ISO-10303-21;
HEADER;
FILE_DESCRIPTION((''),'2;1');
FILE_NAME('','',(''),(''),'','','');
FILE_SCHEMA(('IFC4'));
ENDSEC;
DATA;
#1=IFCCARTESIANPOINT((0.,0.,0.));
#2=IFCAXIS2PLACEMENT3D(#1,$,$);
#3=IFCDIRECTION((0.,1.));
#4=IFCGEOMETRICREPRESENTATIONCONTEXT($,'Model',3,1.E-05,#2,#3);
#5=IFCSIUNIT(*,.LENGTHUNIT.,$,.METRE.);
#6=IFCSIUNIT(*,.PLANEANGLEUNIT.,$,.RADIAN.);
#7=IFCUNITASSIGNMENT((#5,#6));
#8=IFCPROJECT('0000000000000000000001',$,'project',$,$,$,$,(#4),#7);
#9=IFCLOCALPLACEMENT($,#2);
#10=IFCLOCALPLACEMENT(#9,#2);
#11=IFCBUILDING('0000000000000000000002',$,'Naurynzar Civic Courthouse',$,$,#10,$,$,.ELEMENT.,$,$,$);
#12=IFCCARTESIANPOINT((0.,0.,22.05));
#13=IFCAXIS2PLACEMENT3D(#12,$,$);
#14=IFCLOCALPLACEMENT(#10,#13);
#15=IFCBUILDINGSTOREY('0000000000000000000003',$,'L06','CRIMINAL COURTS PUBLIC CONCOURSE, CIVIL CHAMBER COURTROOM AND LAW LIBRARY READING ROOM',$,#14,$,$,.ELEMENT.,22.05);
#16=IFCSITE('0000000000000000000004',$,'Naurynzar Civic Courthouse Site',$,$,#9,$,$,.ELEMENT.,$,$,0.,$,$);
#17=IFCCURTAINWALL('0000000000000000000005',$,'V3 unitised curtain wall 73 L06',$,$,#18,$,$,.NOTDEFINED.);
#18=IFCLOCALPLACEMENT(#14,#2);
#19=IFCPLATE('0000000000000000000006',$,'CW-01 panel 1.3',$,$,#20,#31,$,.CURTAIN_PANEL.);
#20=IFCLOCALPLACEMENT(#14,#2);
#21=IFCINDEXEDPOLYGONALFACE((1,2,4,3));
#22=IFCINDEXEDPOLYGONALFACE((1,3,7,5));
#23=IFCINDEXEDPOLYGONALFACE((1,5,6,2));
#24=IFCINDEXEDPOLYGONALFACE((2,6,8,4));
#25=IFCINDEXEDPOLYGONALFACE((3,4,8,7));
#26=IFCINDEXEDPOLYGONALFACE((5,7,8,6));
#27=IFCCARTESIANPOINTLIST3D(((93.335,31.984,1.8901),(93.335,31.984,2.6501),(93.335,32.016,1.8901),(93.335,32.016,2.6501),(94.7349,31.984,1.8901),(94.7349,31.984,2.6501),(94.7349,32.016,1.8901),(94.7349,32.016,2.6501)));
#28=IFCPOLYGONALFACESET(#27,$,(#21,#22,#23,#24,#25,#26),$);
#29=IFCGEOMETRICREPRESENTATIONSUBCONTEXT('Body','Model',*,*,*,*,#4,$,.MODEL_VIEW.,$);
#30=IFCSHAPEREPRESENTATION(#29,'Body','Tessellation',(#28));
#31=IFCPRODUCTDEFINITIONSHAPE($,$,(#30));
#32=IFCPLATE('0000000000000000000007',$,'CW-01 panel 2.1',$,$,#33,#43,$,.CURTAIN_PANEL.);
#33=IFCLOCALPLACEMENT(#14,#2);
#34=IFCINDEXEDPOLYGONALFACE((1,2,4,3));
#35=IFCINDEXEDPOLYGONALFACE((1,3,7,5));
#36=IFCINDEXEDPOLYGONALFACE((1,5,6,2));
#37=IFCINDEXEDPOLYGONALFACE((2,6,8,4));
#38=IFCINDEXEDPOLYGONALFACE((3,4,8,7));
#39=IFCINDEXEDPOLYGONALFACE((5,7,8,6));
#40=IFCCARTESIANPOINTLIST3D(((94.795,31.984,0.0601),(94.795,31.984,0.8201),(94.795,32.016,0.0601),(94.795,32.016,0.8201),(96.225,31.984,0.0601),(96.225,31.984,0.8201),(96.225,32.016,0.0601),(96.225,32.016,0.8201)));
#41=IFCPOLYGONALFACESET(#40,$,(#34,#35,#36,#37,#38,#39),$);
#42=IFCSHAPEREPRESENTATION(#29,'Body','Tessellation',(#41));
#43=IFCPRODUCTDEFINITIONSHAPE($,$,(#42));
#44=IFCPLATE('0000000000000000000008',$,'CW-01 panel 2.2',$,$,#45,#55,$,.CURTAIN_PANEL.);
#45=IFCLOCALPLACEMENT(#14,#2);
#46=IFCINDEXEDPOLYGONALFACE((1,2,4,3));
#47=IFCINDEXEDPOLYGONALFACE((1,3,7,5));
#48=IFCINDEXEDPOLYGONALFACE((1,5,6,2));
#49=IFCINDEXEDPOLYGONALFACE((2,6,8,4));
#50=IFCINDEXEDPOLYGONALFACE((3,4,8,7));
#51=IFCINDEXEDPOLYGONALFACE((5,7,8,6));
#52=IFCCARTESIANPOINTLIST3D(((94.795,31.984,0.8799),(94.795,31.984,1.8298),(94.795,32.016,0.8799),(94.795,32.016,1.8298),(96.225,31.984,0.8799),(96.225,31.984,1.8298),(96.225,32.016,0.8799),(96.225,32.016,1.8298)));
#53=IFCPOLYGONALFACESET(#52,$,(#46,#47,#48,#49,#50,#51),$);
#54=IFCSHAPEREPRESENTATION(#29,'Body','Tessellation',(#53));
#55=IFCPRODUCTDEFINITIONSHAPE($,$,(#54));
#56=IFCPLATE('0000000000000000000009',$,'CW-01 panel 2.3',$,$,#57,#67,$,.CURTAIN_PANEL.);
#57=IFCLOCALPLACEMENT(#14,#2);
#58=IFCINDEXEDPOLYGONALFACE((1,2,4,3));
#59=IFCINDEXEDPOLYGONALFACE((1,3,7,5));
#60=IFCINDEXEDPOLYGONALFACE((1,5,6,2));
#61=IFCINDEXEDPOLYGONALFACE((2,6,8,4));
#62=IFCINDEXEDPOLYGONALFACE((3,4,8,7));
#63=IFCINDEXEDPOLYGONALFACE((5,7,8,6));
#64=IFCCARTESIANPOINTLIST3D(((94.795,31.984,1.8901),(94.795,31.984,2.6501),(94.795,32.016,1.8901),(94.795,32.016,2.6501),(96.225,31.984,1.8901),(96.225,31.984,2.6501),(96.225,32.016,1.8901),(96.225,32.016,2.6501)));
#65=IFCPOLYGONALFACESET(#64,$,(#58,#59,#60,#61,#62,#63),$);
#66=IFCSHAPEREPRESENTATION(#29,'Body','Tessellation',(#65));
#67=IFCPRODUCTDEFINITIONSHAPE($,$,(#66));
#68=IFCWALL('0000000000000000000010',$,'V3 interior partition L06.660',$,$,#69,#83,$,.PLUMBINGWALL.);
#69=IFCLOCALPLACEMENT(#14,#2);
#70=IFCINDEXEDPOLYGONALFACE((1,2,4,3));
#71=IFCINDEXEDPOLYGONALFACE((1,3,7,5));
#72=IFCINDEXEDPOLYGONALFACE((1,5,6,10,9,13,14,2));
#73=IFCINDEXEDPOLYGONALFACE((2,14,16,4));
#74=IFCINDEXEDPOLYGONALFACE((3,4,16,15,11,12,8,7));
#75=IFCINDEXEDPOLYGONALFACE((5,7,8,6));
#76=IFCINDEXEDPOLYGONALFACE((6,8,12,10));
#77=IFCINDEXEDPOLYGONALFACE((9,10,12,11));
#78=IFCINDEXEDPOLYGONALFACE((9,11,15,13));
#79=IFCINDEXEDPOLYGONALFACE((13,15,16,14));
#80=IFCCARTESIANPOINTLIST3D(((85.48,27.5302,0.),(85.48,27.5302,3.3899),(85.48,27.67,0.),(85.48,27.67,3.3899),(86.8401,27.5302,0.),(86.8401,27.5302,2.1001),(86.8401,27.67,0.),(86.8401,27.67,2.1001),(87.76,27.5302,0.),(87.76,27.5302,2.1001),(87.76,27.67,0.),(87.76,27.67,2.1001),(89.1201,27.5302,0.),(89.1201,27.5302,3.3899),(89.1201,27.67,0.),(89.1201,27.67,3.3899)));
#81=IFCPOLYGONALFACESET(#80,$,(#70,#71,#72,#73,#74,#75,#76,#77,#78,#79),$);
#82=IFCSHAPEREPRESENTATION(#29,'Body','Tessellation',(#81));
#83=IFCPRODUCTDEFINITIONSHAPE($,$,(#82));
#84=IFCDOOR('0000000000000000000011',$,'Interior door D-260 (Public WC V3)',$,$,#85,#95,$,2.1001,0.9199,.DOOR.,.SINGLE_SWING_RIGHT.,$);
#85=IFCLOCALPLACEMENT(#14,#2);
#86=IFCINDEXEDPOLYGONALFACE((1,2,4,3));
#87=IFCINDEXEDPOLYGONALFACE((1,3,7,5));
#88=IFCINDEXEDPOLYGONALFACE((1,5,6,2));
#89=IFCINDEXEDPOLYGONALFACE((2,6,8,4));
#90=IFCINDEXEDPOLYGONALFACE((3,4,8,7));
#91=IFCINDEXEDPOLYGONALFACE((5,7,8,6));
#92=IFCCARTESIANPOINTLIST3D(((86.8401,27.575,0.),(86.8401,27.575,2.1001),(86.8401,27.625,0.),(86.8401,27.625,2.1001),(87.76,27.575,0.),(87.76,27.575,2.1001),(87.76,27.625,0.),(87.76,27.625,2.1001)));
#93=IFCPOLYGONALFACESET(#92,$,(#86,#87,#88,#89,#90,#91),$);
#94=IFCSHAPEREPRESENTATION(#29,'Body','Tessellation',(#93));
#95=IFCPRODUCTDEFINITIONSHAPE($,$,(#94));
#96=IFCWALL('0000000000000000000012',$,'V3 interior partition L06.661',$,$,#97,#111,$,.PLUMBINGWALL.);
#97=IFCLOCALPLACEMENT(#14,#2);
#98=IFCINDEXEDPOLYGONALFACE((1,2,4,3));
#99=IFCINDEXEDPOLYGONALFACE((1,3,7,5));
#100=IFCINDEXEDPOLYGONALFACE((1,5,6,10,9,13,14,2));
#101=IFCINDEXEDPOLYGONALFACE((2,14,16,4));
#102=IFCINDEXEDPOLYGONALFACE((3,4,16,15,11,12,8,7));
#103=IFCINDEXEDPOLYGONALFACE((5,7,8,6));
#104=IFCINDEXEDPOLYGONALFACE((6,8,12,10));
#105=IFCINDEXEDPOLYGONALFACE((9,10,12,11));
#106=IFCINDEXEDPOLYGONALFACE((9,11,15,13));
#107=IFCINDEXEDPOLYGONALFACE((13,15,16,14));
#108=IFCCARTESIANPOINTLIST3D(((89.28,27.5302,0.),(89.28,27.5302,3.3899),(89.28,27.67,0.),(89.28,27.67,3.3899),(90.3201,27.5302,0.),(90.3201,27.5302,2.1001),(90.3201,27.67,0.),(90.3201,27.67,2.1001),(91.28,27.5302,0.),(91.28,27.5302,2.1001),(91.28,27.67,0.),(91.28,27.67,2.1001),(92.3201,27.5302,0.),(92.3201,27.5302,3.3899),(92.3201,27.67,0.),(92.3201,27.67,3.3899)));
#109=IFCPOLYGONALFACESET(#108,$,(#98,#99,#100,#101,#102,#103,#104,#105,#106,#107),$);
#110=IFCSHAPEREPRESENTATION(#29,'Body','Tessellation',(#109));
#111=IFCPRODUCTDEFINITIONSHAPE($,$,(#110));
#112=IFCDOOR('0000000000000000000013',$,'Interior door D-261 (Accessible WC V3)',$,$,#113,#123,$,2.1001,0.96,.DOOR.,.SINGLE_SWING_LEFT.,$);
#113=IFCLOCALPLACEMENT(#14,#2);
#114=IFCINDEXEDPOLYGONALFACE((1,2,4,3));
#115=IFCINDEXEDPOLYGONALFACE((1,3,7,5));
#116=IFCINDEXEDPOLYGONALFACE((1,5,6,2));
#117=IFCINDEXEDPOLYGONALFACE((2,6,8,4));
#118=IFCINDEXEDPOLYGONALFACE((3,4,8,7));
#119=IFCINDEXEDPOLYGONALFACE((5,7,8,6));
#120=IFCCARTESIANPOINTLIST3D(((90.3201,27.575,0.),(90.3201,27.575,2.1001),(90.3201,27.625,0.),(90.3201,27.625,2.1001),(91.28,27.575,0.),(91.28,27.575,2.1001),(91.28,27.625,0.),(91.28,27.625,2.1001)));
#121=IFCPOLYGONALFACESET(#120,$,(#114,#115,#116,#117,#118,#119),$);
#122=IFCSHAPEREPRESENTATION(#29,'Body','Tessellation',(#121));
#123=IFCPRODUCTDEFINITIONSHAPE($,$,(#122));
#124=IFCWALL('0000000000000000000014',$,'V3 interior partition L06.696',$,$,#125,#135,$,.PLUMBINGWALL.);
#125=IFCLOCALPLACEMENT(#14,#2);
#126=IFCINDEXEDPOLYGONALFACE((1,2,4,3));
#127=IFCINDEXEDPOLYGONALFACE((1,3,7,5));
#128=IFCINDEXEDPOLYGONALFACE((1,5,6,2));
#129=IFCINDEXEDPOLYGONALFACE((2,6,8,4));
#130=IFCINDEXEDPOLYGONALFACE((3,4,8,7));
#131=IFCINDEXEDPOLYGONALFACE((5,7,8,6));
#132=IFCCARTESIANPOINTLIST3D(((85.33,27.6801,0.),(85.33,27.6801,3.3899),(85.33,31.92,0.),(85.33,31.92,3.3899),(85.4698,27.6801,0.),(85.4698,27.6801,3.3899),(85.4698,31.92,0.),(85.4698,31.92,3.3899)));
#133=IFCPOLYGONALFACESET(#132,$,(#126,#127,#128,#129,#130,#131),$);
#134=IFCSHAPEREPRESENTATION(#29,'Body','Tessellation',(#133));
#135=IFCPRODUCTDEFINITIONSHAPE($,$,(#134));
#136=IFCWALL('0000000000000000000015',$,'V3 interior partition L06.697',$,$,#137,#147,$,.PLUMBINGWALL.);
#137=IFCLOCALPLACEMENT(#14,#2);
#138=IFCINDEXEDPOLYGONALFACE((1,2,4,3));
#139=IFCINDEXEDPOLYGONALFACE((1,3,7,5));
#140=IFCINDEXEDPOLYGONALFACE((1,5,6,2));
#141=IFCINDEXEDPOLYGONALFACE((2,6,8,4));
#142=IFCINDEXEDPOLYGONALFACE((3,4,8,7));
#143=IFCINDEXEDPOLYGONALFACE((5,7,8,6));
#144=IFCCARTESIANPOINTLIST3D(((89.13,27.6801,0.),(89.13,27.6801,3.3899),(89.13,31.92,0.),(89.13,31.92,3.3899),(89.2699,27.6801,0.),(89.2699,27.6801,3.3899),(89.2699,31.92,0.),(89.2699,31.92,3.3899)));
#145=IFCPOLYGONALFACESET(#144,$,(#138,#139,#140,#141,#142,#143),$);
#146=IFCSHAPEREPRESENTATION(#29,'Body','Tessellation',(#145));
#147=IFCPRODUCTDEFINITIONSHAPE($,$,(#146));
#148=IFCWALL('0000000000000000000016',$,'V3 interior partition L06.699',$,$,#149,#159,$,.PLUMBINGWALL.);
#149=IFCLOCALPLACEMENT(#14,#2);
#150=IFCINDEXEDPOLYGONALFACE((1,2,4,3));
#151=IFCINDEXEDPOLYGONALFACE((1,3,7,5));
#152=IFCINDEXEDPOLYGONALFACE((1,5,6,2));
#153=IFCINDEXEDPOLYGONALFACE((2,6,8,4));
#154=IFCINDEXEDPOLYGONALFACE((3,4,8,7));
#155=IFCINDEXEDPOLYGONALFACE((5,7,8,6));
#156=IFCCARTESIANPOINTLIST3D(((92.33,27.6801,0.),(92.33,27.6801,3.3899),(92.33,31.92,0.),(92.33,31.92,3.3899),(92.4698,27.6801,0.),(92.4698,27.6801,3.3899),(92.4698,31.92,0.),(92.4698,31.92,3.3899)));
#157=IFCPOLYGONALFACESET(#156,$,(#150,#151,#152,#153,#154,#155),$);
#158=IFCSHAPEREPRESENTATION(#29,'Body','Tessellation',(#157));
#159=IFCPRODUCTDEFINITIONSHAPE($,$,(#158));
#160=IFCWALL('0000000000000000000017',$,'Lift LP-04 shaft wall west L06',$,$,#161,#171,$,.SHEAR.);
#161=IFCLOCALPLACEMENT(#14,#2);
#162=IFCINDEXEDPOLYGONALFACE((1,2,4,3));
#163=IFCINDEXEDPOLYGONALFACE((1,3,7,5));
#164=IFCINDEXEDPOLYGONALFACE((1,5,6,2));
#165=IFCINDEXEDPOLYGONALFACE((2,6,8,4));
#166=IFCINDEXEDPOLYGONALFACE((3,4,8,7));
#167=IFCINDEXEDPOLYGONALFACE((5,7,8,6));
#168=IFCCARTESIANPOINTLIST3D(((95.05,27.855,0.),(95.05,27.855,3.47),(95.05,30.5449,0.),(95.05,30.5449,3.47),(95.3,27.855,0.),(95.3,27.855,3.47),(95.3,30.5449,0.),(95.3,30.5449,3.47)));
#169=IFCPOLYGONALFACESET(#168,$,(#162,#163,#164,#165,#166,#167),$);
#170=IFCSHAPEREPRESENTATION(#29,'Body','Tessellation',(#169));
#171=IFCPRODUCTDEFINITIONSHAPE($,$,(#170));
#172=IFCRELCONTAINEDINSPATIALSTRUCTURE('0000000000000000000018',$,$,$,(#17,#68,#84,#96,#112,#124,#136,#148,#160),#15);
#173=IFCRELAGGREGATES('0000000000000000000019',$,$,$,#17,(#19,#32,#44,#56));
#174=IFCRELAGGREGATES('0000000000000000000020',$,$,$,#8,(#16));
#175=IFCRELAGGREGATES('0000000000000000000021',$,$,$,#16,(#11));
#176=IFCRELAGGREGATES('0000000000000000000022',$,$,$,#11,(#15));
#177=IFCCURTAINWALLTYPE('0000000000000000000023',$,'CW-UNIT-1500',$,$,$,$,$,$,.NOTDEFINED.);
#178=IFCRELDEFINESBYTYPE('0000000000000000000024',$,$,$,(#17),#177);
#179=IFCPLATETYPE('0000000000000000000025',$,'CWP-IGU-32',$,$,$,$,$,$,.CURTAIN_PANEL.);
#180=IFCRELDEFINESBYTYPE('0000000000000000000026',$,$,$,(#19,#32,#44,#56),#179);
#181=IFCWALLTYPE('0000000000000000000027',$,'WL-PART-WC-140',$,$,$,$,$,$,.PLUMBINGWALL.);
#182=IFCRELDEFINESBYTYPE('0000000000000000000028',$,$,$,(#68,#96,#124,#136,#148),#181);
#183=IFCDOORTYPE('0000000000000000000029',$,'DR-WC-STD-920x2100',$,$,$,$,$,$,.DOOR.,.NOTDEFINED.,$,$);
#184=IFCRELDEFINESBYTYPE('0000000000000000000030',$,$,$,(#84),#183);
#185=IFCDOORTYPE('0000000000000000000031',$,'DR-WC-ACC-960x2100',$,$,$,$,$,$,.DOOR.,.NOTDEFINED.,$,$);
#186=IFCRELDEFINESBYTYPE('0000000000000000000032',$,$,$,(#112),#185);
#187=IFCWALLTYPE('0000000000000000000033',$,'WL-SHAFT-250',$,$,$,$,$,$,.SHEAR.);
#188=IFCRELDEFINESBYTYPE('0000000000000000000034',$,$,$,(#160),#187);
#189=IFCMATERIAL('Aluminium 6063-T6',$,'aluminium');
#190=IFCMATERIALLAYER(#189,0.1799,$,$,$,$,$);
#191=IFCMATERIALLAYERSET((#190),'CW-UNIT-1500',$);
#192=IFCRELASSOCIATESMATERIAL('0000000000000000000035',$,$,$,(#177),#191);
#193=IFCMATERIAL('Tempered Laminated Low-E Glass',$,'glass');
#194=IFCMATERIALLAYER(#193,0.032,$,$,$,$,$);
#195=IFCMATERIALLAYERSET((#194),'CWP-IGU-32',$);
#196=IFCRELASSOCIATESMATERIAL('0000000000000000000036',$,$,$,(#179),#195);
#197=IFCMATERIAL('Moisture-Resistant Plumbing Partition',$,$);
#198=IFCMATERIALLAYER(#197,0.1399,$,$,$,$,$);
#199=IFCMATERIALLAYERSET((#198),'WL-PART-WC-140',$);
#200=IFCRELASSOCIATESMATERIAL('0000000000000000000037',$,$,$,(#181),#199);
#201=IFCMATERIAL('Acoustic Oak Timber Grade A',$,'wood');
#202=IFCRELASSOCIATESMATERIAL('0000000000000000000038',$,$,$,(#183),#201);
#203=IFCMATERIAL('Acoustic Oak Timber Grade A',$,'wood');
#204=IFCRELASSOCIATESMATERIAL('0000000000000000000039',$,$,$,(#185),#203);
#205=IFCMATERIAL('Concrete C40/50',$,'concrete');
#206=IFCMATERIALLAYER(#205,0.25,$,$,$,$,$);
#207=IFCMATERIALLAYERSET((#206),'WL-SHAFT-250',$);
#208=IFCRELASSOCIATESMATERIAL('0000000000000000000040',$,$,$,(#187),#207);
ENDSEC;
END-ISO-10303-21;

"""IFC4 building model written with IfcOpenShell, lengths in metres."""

from ifc_helpers import new_model, si_unit, direction, frame, frame_2d, origin, origin_2d, place, context, subcontext, project, spatial, rectangle, extrude, material, layer, layer_set, type_object, element, fill, aggregate, save


model = new_model("IFC4")

# Units and contexts
model_context = context("Model", 3, precision=1e-05, world=origin(), true_north=direction((0.0, 1.0)))
body_context = subcontext(model_context, "Body", "Model", "MODEL_VIEW")
ifc_project = project(units=[si_unit("LENGTHUNIT", "METRE"), si_unit("PLANEANGLEUNIT", "RADIAN")], contexts=[model_context])

# Site, building, storey
site_placement = place(None, origin())
site = spatial("IfcSite", under=ifc_project, at=site_placement, Name="Naurynzar Civic Courthouse Site", CompositionType="ELEMENT", RefElevation=0.0)
building_placement = place(site_placement, origin())
building = spatial("IfcBuilding", under=site, at=building_placement, Name="Naurynzar Civic Courthouse", CompositionType="ELEMENT")
storey_placement = place(building_placement, frame((0.0, 0.0, 22.05)))
storey = spatial("IfcBuildingStorey", under=building, at=storey_placement, Name="L06", Description="CRIMINAL COURTS PUBLIC CONCOURSE, CIVIL CHAMBER COURTROOM AND LAW LIBRARY READING ROOM", CompositionType="ELEMENT", Elevation=22.05)

# Curtain wall
ifc_material_1 = material(Name="Aluminium 6063-T6", Category="aluminium")
ifc_layer_1 = layer(ifc_material_1, 0.1799)
ifc_layer_set_1 = layer_set([ifc_layer_1], Name="CW-UNIT-1500")
curtain_wall_type = type_object("IfcCurtainWallType", Name="CW-UNIT-1500", PredefinedType="NOTDEFINED", material=ifc_layer_set_1)
curtain_wall_placement = place(storey_placement, origin())
curtain_wall = element("IfcCurtainWall", 1, at=curtain_wall_placement, inside=storey, type_object=curtain_wall_type, Name="V3 unitised curtain wall 73 L06", PredefinedType="NOTDEFINED")

# Plates
ifc_material_2 = material(Name="Tempered Laminated Low-E Glass", Category="glass")
ifc_layer_2 = layer(ifc_material_2, 0.032)
ifc_layer_set_2 = layer_set([ifc_layer_2], Name="CWP-IGU-32")
plate_type = type_object("IfcPlateType", Name="CWP-IGU-32", PredefinedType="CURTAIN_PANEL", material=ifc_layer_set_2)
plate_1_placement = place(storey_placement, frame((94.0349, 32.0, 1.8901), z_axis=(0.0, 0.0, 1.0), x_axis=(1.0, 0.0, 0.0)))
plate_1 = element("IfcPlate", 2, at=plate_1_placement, type_object=plate_type, Name="CW-01 panel 1.3", PredefinedType="CURTAIN_PANEL", context=body_context, shape_type="SweptSolid", body=[
    extrude(rectangle(XDim=1.3999, YDim=0.032, at=origin_2d()), origin(), (0.0, 0.0, 1.0), 0.76),
])
plate_2_placement = place(storey_placement, frame((95.51, 32.0, 0.0601), z_axis=(0.0, 0.0, 1.0), x_axis=(1.0, 0.0, 0.0)))
plate_2 = element("IfcPlate", 3, at=plate_2_placement, type_object=plate_type, Name="CW-01 panel 2.1", PredefinedType="CURTAIN_PANEL", context=body_context, shape_type="SweptSolid", body=[
    extrude(rectangle(XDim=1.4299, YDim=0.032, at=origin_2d()), origin(), (0.0, 0.0, 1.0), 0.76),
])
plate_3_placement = place(storey_placement, frame((95.51, 32.0, 0.8799), z_axis=(0.0, 0.0, 1.0), x_axis=(1.0, 0.0, 0.0)))
plate_3 = element("IfcPlate", 4, at=plate_3_placement, type_object=plate_type, Name="CW-01 panel 2.2", PredefinedType="CURTAIN_PANEL", context=body_context, shape_type="SweptSolid", body=[
    extrude(rectangle(XDim=1.4299, YDim=0.032, at=origin_2d()), origin(), (0.0, 0.0, 1.0), 0.95),
])
plate_4_placement = place(storey_placement, frame((95.51, 32.0, 1.8901), z_axis=(0.0, 0.0, 1.0), x_axis=(1.0, 0.0, 0.0)))
plate_4 = element("IfcPlate", 5, at=plate_4_placement, type_object=plate_type, Name="CW-01 panel 2.3", PredefinedType="CURTAIN_PANEL", context=body_context, shape_type="SweptSolid", body=[
    extrude(rectangle(XDim=1.4299, YDim=0.032, at=origin_2d()), origin(), (0.0, 0.0, 1.0), 0.76),
])
aggregate(curtain_wall, [plate_1, plate_2, plate_3, plate_4])

# Walls, openings, doors
ifc_material_3 = material(Name="Moisture-Resistant Plumbing Partition")
ifc_layer_3 = layer(ifc_material_3, 0.1399)
ifc_layer_set_3 = layer_set([ifc_layer_3], Name="WL-PART-WC-140")
wall_type_1 = type_object("IfcWallType", Name="WL-PART-WC-140", PredefinedType="PLUMBINGWALL", material=ifc_layer_set_3)
wall_1_placement = place(storey_placement, frame((85.48, 27.6001, 0.0), z_axis=(0.0, 0.0, 1.0), x_axis=(1.0, 0.0, 0.0)))
wall_1 = element("IfcWall", 6, at=wall_1_placement, inside=storey, type_object=wall_type_1, Name="V3 interior partition L06.660", PredefinedType="PLUMBINGWALL", context=body_context, shape_type="SweptSolid", body=[
    extrude(rectangle(XDim=3.6401, YDim=0.1399, at=frame_2d((1.8201, 0.0))), origin(), (0.0, 0.0, 1.0), 3.3899),
])
opening_1_placement = place(wall_1_placement, frame((1.3601, 0.0, 0.0)))
opening_1 = element("IfcOpeningElement", 7, at=opening_1_placement, cuts=wall_1, PredefinedType="OPENING", context=body_context, shape_type="SweptSolid", body=[
    extrude(rectangle(XDim=0.9199, YDim=2.1001, at=frame_2d((0.46, 1.05))), frame((0.0, 0.0798, 0.0), z_axis=(0.0, -1.0, 0.0), x_axis=(1.0, 0.0, 0.0)), (0.0, 0.0, 1.0), 0.1599),
])
ifc_material_4 = material(Name="Acoustic Oak Timber Grade A", Category="wood")
door_type_1 = type_object("IfcDoorType", Name="DR-WC-STD-920x2100", OperationType="NOTDEFINED", PredefinedType="DOOR", material=ifc_material_4)
door_1_placement = place(opening_1_placement, origin())
door_1 = element("IfcDoor", 8, at=door_1_placement, inside=storey, type_object=door_type_1, Name="Interior door D-260 (Public WC V3)", OperationType="SINGLE_SWING_RIGHT", OverallHeight=2.1001, OverallWidth=0.9199, PredefinedType="DOOR", context=body_context, shape_type="SweptSolid", body=[
    extrude(rectangle(XDim=0.9199, YDim=2.1001, at=frame_2d((0.46, 1.05))), frame((0.0, 0.0249, 0.0), z_axis=(0.0, -1.0, 0.0), x_axis=(1.0, 0.0, 0.0)), (0.0, 0.0, 1.0), 0.05),
])
fill(opening_1, door_1)
wall_2_placement = place(storey_placement, frame((89.28, 27.6001, 0.0), z_axis=(0.0, 0.0, 1.0), x_axis=(1.0, 0.0, 0.0)))
wall_2 = element("IfcWall", 9, at=wall_2_placement, inside=storey, type_object=wall_type_1, Name="V3 interior partition L06.661", PredefinedType="PLUMBINGWALL", context=body_context, shape_type="SweptSolid", body=[
    extrude(rectangle(XDim=3.04, YDim=0.1399, at=frame_2d((1.52, 0.0))), origin(), (0.0, 0.0, 1.0), 3.3899),
])
opening_2_placement = place(wall_2_placement, frame((1.04, 0.0, 0.0)))
opening_2 = element("IfcOpeningElement", 10, at=opening_2_placement, cuts=wall_2, PredefinedType="OPENING", context=body_context, shape_type="SweptSolid", body=[
    extrude(rectangle(XDim=0.96, YDim=2.1001, at=frame_2d((0.48, 1.05))), frame((0.0, 0.0798, 0.0), z_axis=(0.0, -1.0, 0.0), x_axis=(1.0, 0.0, 0.0)), (0.0, 0.0, 1.0), 0.1599),
])
ifc_material_5 = material(Name="Acoustic Oak Timber Grade A", Category="wood")
door_type_2 = type_object("IfcDoorType", Name="DR-WC-ACC-960x2100", OperationType="NOTDEFINED", PredefinedType="DOOR", material=ifc_material_5)
door_2_placement = place(opening_2_placement, origin())
door_2 = element("IfcDoor", 11, at=door_2_placement, inside=storey, type_object=door_type_2, Name="Interior door D-261 (Accessible WC V3)", OperationType="SINGLE_SWING_LEFT", OverallHeight=2.1001, OverallWidth=0.96, PredefinedType="DOOR", context=body_context, shape_type="SweptSolid", body=[
    extrude(rectangle(XDim=0.96, YDim=2.1001, at=frame_2d((0.48, 1.05))), frame((0.0, 0.0249, 0.0), z_axis=(0.0, -1.0, 0.0), x_axis=(1.0, 0.0, 0.0)), (0.0, 0.0, 1.0), 0.05),
])
fill(opening_2, door_2)

# Walls
for number, where, z_axis, x_axis, name in (
    (12, (85.3999, 27.6799, 0.0), (0.0, 0.0, 1.0), (0.0, 1.0, 0.0), "V3 interior partition L06.696"),
    (13, (89.2, 27.6799, 0.0), (0.0, 0.0, 1.0), (0.0, 1.0, 0.0), "V3 interior partition L06.697"),
    (14, (92.3999, 27.6799, 0.0), (0.0, 0.0, 1.0), (0.0, 1.0, 0.0), "V3 interior partition L06.699"),
):
    element("IfcWall", number, at=place(storey_placement, frame(where, z_axis=z_axis, x_axis=x_axis)), inside=storey, type_object=wall_type_1, Name=name, PredefinedType="PLUMBINGWALL", context=body_context, shape_type="SweptSolid", body=[
        extrude(rectangle(XDim=4.24, YDim=0.1399, at=frame_2d((2.1201, 0.0))), origin(), (0.0, 0.0, 1.0), 3.3899),
    ])

# Shared definitions
ifc_material_6 = material(Name="Concrete C40/50", Category="concrete")
ifc_layer_4 = layer(ifc_material_6, 0.25)
ifc_layer_set_4 = layer_set([ifc_layer_4], Name="WL-SHAFT-250")
wall_type_2 = type_object("IfcWallType", Name="WL-SHAFT-250", PredefinedType="SHEAR", material=ifc_layer_set_4)

# Wall
wall_3_placement = place(storey_placement, frame((95.175, 30.5449, 0.0), z_axis=(0.0, 0.0, 1.0), x_axis=(0.0, -1.0, 0.0)))
element("IfcWall", 15, at=wall_3_placement, inside=storey, type_object=wall_type_2, Name="Lift LP-04 shaft wall west L06", PredefinedType="SHEAR", context=body_context, shape_type="SweptSolid", body=[
    extrude(rectangle(XDim=2.6899, YDim=0.25, at=frame_2d((1.345, 0.0))), origin(), (0.0, 0.0, 1.0), 3.47),
])

save(model, "model.ifc")
